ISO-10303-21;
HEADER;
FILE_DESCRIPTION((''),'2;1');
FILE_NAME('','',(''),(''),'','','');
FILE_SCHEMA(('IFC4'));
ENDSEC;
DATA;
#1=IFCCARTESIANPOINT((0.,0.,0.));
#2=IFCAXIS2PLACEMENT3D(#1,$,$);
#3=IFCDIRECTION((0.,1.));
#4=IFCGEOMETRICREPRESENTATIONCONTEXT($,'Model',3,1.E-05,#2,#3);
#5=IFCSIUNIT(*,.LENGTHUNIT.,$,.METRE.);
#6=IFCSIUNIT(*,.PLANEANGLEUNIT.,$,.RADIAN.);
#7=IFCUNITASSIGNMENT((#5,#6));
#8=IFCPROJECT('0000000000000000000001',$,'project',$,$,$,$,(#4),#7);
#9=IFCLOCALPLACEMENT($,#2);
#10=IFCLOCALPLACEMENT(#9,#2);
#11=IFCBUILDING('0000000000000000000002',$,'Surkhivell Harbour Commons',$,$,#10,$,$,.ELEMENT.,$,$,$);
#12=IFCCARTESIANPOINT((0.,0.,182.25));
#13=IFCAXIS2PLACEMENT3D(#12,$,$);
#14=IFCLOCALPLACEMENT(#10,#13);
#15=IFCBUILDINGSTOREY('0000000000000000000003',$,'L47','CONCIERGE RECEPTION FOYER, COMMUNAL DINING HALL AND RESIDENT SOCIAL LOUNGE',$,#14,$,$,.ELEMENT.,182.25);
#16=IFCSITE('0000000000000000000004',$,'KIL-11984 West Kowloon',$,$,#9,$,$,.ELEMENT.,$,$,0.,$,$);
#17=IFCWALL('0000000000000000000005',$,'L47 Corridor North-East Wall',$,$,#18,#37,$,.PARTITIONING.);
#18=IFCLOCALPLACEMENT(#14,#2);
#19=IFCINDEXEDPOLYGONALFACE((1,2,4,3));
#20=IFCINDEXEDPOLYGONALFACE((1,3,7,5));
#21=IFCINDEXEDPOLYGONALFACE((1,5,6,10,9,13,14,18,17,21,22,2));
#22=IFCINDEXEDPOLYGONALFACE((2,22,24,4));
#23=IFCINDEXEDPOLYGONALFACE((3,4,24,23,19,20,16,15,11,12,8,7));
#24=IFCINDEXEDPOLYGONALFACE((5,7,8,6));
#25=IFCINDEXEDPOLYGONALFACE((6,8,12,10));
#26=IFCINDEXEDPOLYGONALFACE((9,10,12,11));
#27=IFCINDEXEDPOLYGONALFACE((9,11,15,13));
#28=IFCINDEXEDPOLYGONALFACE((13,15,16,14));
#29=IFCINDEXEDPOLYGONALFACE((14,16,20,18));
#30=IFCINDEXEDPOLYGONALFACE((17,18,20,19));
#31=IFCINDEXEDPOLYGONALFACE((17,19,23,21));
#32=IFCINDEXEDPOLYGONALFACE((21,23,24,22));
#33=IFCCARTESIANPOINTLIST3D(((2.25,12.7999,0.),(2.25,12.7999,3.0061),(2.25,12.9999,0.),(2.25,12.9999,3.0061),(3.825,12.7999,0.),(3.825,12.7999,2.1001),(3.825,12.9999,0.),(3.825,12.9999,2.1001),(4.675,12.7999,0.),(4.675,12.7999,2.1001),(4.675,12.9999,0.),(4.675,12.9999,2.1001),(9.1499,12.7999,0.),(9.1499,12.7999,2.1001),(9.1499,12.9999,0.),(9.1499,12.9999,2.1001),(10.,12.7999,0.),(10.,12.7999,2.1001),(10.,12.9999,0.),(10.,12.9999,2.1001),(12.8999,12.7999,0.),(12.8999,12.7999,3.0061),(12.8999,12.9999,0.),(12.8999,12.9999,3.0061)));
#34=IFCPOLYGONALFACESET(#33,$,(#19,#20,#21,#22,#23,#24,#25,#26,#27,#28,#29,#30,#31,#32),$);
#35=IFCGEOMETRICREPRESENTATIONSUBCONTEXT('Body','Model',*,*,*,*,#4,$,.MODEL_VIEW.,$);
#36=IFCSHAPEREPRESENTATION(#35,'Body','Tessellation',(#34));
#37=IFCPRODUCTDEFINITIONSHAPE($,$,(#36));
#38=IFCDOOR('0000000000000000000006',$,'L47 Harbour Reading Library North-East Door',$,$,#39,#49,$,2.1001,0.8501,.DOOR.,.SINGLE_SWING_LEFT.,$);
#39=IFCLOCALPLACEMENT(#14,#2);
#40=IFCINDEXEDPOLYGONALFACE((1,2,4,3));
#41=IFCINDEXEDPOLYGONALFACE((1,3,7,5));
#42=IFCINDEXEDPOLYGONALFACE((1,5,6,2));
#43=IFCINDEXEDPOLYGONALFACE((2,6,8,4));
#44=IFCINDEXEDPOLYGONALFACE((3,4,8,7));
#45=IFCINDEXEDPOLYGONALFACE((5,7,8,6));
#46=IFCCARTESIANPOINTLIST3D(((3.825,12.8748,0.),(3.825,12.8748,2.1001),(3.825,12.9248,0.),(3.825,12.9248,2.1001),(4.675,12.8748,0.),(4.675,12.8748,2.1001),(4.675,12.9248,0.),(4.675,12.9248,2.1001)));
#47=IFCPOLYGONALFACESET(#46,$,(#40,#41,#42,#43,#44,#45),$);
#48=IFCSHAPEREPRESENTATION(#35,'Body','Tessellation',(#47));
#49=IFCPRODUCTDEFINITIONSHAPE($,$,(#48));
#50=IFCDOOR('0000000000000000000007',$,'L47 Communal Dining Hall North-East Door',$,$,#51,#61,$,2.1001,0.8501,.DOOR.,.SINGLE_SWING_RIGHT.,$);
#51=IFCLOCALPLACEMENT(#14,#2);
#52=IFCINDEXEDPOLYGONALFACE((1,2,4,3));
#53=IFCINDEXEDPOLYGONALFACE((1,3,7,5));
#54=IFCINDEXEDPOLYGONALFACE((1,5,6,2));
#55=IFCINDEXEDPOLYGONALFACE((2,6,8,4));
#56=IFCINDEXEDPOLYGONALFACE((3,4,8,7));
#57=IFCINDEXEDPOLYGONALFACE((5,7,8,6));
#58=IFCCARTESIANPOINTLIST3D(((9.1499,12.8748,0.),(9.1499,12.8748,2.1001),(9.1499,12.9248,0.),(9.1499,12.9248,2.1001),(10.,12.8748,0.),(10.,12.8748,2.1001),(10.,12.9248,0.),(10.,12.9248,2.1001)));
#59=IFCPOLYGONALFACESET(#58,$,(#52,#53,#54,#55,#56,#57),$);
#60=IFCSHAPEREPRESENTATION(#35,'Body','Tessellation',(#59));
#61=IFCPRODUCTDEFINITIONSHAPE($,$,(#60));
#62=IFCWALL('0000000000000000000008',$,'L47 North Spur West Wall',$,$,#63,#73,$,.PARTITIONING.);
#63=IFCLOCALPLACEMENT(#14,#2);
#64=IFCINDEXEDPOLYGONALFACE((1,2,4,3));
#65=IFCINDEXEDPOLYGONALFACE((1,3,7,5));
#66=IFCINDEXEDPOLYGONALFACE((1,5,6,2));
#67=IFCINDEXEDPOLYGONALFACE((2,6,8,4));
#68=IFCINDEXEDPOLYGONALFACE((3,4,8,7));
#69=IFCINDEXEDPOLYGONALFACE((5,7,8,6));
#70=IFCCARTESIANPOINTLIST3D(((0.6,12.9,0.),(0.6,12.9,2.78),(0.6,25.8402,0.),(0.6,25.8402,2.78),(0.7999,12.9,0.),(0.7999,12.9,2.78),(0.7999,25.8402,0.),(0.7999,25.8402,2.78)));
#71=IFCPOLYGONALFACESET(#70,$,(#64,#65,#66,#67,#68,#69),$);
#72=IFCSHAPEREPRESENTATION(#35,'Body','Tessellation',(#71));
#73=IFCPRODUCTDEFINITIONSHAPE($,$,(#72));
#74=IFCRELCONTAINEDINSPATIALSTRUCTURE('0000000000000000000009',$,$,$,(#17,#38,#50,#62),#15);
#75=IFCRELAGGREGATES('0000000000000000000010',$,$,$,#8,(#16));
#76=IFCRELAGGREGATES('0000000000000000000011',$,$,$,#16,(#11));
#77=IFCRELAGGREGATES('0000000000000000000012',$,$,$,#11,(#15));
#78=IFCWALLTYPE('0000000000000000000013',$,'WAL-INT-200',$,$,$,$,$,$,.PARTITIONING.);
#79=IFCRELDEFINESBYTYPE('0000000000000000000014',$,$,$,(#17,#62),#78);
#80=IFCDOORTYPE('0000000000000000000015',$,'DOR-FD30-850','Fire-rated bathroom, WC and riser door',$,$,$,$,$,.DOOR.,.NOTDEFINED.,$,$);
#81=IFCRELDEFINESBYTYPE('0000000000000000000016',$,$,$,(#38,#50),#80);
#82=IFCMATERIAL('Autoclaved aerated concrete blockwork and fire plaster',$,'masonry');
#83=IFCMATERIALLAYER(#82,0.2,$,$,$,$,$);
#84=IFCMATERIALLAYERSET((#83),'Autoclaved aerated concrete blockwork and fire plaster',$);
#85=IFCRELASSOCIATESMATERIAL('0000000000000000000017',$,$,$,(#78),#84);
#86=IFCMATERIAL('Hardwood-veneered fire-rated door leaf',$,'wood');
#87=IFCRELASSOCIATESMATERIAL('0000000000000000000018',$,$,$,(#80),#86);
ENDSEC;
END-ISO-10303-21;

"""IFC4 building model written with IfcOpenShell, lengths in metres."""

from ifc_helpers import new_model, si_unit, direction, frame, frame_2d, origin, place, context, subcontext, project, spatial, rectangle, extrude, material, layer, layer_set, type_object, element, fill, save


model = new_model("IFC4")

# Units and contexts
model_context = context("Model", 3, precision=1e-05, world=origin(), true_north=direction((0.0, 1.0)))
body_context = subcontext(model_context, "Body", "Model", "MODEL_VIEW")
ifc_project = project(units=[si_unit("LENGTHUNIT", "METRE"), si_unit("PLANEANGLEUNIT", "RADIAN")], contexts=[model_context])

# Site, building, storey
site_placement = place(None, origin())
site = spatial("IfcSite", under=ifc_project, at=site_placement, Name="KIL-11984 West Kowloon", CompositionType="ELEMENT", RefElevation=0.0)
building_placement = place(site_placement, origin())
building = spatial("IfcBuilding", under=site, at=building_placement, Name="Surkhivell Harbour Commons", CompositionType="ELEMENT")
storey_placement = place(building_placement, frame((0.0, 0.0, 182.25)))
storey = spatial("IfcBuildingStorey", under=building, at=storey_placement, Name="L47", Description="CONCIERGE RECEPTION FOYER, COMMUNAL DINING HALL AND RESIDENT SOCIAL LOUNGE", CompositionType="ELEMENT", Elevation=182.25)

# Wall, openings, doors
ifc_material_1 = material(Name="Autoclaved aerated concrete blockwork and fire plaster", Category="masonry")
ifc_layer_1 = layer(ifc_material_1, 0.2)
ifc_layer_set_1 = layer_set([ifc_layer_1], Name="Autoclaved aerated concrete blockwork and fire plaster")
wall_type_1 = type_object("IfcWallType", Name="WAL-INT-200", PredefinedType="PARTITIONING", material=ifc_layer_set_1)
wall_1_placement = place(storey_placement, frame((2.25, 12.8999, 0.0), z_axis=(0.0, 0.0, 1.0), x_axis=(1.0, 0.0, 0.0)))
wall_1 = element("IfcWall", 1, at=wall_1_placement, inside=storey, type_object=wall_type_1, Name="L47 Corridor North-East Wall", PredefinedType="PARTITIONING", context=body_context, shape_type="SweptSolid", body=[
    extrude(rectangle(XDim=10.6499, YDim=0.2, at=frame_2d((5.325, 0.0))), origin(), (0.0, 0.0, 1.0), 3.0061),
])
opening_1_placement = place(wall_1_placement, frame((1.575, 0.0, 0.0)))
opening_1 = element("IfcOpeningElement", 2, at=opening_1_placement, cuts=wall_1, PredefinedType="OPENING", context=body_context, shape_type="SweptSolid", body=[
    extrude(rectangle(XDim=0.8501, YDim=2.1001, at=frame_2d((0.425, 1.05))), frame((0.0, 0.1099, 0.0), z_axis=(0.0, -1.0, 0.0), x_axis=(1.0, 0.0, 0.0)), (0.0, 0.0, 1.0), 0.22),
])
opening_2_placement = place(wall_1_placement, frame((6.8999, 0.0, 0.0)))
opening_2 = element("IfcOpeningElement", 3, at=opening_2_placement, cuts=wall_1, PredefinedType="OPENING", context=body_context, shape_type="SweptSolid", body=[
    extrude(rectangle(XDim=0.8501, YDim=2.1001, at=frame_2d((0.425, 1.05))), frame((0.0, 0.1099, 0.0), z_axis=(0.0, -1.0, 0.0), x_axis=(1.0, 0.0, 0.0)), (0.0, 0.0, 1.0), 0.22),
])
ifc_material_2 = material(Name="Hardwood-veneered fire-rated door leaf", Category="wood")
door_type = type_object("IfcDoorType", Name="DOR-FD30-850", Description="Fire-rated bathroom, WC and riser door", OperationType="NOTDEFINED", PredefinedType="DOOR", material=ifc_material_2)
door_1_placement = place(opening_1_placement, origin())
door_1 = element("IfcDoor", 4, at=door_1_placement, inside=storey, type_object=door_type, Name="L47 Harbour Reading Library North-East Door", OperationType="SINGLE_SWING_LEFT", OverallHeight=2.1001, OverallWidth=0.8501, PredefinedType="DOOR", context=body_context, shape_type="SweptSolid", body=[
    extrude(rectangle(XDim=0.8501, YDim=2.1001, at=frame_2d((0.425, 1.05))), frame((0.0, 0.0249, 0.0), z_axis=(0.0, -1.0, 0.0), x_axis=(1.0, 0.0, 0.0)), (0.0, 0.0, 1.0), 0.05),
])
fill(opening_1, door_1)
door_2_placement = place(opening_2_placement, origin())
door_2 = element("IfcDoor", 5, at=door_2_placement, inside=storey, type_object=door_type, Name="L47 Communal Dining Hall North-East Door", OperationType="SINGLE_SWING_RIGHT", OverallHeight=2.1001, OverallWidth=0.8501, PredefinedType="DOOR", context=body_context, shape_type="SweptSolid", body=[
    extrude(rectangle(XDim=0.8501, YDim=2.1001, at=frame_2d((0.425, 1.05))), frame((0.0, 0.0249, 0.0), z_axis=(0.0, -1.0, 0.0), x_axis=(1.0, 0.0, 0.0)), (0.0, 0.0, 1.0), 0.05),
])
fill(opening_2, door_2)

# Wall
wall_2_placement = place(storey_placement, frame((0.7, 12.8999, 0.0), z_axis=(0.0, 0.0, 1.0), x_axis=(0.0, 1.0, 0.0)))
element("IfcWall", 6, at=wall_2_placement, inside=storey, type_object=wall_type_1, Name="L47 North Spur West Wall", PredefinedType="PARTITIONING", context=body_context, shape_type="SweptSolid", body=[
    extrude(rectangle(XDim=12.9402, YDim=0.2, at=frame_2d((6.4702, 0.0))), origin(), (0.0, 0.0, 1.0), 2.78),
])

save(model, "model.ifc")
